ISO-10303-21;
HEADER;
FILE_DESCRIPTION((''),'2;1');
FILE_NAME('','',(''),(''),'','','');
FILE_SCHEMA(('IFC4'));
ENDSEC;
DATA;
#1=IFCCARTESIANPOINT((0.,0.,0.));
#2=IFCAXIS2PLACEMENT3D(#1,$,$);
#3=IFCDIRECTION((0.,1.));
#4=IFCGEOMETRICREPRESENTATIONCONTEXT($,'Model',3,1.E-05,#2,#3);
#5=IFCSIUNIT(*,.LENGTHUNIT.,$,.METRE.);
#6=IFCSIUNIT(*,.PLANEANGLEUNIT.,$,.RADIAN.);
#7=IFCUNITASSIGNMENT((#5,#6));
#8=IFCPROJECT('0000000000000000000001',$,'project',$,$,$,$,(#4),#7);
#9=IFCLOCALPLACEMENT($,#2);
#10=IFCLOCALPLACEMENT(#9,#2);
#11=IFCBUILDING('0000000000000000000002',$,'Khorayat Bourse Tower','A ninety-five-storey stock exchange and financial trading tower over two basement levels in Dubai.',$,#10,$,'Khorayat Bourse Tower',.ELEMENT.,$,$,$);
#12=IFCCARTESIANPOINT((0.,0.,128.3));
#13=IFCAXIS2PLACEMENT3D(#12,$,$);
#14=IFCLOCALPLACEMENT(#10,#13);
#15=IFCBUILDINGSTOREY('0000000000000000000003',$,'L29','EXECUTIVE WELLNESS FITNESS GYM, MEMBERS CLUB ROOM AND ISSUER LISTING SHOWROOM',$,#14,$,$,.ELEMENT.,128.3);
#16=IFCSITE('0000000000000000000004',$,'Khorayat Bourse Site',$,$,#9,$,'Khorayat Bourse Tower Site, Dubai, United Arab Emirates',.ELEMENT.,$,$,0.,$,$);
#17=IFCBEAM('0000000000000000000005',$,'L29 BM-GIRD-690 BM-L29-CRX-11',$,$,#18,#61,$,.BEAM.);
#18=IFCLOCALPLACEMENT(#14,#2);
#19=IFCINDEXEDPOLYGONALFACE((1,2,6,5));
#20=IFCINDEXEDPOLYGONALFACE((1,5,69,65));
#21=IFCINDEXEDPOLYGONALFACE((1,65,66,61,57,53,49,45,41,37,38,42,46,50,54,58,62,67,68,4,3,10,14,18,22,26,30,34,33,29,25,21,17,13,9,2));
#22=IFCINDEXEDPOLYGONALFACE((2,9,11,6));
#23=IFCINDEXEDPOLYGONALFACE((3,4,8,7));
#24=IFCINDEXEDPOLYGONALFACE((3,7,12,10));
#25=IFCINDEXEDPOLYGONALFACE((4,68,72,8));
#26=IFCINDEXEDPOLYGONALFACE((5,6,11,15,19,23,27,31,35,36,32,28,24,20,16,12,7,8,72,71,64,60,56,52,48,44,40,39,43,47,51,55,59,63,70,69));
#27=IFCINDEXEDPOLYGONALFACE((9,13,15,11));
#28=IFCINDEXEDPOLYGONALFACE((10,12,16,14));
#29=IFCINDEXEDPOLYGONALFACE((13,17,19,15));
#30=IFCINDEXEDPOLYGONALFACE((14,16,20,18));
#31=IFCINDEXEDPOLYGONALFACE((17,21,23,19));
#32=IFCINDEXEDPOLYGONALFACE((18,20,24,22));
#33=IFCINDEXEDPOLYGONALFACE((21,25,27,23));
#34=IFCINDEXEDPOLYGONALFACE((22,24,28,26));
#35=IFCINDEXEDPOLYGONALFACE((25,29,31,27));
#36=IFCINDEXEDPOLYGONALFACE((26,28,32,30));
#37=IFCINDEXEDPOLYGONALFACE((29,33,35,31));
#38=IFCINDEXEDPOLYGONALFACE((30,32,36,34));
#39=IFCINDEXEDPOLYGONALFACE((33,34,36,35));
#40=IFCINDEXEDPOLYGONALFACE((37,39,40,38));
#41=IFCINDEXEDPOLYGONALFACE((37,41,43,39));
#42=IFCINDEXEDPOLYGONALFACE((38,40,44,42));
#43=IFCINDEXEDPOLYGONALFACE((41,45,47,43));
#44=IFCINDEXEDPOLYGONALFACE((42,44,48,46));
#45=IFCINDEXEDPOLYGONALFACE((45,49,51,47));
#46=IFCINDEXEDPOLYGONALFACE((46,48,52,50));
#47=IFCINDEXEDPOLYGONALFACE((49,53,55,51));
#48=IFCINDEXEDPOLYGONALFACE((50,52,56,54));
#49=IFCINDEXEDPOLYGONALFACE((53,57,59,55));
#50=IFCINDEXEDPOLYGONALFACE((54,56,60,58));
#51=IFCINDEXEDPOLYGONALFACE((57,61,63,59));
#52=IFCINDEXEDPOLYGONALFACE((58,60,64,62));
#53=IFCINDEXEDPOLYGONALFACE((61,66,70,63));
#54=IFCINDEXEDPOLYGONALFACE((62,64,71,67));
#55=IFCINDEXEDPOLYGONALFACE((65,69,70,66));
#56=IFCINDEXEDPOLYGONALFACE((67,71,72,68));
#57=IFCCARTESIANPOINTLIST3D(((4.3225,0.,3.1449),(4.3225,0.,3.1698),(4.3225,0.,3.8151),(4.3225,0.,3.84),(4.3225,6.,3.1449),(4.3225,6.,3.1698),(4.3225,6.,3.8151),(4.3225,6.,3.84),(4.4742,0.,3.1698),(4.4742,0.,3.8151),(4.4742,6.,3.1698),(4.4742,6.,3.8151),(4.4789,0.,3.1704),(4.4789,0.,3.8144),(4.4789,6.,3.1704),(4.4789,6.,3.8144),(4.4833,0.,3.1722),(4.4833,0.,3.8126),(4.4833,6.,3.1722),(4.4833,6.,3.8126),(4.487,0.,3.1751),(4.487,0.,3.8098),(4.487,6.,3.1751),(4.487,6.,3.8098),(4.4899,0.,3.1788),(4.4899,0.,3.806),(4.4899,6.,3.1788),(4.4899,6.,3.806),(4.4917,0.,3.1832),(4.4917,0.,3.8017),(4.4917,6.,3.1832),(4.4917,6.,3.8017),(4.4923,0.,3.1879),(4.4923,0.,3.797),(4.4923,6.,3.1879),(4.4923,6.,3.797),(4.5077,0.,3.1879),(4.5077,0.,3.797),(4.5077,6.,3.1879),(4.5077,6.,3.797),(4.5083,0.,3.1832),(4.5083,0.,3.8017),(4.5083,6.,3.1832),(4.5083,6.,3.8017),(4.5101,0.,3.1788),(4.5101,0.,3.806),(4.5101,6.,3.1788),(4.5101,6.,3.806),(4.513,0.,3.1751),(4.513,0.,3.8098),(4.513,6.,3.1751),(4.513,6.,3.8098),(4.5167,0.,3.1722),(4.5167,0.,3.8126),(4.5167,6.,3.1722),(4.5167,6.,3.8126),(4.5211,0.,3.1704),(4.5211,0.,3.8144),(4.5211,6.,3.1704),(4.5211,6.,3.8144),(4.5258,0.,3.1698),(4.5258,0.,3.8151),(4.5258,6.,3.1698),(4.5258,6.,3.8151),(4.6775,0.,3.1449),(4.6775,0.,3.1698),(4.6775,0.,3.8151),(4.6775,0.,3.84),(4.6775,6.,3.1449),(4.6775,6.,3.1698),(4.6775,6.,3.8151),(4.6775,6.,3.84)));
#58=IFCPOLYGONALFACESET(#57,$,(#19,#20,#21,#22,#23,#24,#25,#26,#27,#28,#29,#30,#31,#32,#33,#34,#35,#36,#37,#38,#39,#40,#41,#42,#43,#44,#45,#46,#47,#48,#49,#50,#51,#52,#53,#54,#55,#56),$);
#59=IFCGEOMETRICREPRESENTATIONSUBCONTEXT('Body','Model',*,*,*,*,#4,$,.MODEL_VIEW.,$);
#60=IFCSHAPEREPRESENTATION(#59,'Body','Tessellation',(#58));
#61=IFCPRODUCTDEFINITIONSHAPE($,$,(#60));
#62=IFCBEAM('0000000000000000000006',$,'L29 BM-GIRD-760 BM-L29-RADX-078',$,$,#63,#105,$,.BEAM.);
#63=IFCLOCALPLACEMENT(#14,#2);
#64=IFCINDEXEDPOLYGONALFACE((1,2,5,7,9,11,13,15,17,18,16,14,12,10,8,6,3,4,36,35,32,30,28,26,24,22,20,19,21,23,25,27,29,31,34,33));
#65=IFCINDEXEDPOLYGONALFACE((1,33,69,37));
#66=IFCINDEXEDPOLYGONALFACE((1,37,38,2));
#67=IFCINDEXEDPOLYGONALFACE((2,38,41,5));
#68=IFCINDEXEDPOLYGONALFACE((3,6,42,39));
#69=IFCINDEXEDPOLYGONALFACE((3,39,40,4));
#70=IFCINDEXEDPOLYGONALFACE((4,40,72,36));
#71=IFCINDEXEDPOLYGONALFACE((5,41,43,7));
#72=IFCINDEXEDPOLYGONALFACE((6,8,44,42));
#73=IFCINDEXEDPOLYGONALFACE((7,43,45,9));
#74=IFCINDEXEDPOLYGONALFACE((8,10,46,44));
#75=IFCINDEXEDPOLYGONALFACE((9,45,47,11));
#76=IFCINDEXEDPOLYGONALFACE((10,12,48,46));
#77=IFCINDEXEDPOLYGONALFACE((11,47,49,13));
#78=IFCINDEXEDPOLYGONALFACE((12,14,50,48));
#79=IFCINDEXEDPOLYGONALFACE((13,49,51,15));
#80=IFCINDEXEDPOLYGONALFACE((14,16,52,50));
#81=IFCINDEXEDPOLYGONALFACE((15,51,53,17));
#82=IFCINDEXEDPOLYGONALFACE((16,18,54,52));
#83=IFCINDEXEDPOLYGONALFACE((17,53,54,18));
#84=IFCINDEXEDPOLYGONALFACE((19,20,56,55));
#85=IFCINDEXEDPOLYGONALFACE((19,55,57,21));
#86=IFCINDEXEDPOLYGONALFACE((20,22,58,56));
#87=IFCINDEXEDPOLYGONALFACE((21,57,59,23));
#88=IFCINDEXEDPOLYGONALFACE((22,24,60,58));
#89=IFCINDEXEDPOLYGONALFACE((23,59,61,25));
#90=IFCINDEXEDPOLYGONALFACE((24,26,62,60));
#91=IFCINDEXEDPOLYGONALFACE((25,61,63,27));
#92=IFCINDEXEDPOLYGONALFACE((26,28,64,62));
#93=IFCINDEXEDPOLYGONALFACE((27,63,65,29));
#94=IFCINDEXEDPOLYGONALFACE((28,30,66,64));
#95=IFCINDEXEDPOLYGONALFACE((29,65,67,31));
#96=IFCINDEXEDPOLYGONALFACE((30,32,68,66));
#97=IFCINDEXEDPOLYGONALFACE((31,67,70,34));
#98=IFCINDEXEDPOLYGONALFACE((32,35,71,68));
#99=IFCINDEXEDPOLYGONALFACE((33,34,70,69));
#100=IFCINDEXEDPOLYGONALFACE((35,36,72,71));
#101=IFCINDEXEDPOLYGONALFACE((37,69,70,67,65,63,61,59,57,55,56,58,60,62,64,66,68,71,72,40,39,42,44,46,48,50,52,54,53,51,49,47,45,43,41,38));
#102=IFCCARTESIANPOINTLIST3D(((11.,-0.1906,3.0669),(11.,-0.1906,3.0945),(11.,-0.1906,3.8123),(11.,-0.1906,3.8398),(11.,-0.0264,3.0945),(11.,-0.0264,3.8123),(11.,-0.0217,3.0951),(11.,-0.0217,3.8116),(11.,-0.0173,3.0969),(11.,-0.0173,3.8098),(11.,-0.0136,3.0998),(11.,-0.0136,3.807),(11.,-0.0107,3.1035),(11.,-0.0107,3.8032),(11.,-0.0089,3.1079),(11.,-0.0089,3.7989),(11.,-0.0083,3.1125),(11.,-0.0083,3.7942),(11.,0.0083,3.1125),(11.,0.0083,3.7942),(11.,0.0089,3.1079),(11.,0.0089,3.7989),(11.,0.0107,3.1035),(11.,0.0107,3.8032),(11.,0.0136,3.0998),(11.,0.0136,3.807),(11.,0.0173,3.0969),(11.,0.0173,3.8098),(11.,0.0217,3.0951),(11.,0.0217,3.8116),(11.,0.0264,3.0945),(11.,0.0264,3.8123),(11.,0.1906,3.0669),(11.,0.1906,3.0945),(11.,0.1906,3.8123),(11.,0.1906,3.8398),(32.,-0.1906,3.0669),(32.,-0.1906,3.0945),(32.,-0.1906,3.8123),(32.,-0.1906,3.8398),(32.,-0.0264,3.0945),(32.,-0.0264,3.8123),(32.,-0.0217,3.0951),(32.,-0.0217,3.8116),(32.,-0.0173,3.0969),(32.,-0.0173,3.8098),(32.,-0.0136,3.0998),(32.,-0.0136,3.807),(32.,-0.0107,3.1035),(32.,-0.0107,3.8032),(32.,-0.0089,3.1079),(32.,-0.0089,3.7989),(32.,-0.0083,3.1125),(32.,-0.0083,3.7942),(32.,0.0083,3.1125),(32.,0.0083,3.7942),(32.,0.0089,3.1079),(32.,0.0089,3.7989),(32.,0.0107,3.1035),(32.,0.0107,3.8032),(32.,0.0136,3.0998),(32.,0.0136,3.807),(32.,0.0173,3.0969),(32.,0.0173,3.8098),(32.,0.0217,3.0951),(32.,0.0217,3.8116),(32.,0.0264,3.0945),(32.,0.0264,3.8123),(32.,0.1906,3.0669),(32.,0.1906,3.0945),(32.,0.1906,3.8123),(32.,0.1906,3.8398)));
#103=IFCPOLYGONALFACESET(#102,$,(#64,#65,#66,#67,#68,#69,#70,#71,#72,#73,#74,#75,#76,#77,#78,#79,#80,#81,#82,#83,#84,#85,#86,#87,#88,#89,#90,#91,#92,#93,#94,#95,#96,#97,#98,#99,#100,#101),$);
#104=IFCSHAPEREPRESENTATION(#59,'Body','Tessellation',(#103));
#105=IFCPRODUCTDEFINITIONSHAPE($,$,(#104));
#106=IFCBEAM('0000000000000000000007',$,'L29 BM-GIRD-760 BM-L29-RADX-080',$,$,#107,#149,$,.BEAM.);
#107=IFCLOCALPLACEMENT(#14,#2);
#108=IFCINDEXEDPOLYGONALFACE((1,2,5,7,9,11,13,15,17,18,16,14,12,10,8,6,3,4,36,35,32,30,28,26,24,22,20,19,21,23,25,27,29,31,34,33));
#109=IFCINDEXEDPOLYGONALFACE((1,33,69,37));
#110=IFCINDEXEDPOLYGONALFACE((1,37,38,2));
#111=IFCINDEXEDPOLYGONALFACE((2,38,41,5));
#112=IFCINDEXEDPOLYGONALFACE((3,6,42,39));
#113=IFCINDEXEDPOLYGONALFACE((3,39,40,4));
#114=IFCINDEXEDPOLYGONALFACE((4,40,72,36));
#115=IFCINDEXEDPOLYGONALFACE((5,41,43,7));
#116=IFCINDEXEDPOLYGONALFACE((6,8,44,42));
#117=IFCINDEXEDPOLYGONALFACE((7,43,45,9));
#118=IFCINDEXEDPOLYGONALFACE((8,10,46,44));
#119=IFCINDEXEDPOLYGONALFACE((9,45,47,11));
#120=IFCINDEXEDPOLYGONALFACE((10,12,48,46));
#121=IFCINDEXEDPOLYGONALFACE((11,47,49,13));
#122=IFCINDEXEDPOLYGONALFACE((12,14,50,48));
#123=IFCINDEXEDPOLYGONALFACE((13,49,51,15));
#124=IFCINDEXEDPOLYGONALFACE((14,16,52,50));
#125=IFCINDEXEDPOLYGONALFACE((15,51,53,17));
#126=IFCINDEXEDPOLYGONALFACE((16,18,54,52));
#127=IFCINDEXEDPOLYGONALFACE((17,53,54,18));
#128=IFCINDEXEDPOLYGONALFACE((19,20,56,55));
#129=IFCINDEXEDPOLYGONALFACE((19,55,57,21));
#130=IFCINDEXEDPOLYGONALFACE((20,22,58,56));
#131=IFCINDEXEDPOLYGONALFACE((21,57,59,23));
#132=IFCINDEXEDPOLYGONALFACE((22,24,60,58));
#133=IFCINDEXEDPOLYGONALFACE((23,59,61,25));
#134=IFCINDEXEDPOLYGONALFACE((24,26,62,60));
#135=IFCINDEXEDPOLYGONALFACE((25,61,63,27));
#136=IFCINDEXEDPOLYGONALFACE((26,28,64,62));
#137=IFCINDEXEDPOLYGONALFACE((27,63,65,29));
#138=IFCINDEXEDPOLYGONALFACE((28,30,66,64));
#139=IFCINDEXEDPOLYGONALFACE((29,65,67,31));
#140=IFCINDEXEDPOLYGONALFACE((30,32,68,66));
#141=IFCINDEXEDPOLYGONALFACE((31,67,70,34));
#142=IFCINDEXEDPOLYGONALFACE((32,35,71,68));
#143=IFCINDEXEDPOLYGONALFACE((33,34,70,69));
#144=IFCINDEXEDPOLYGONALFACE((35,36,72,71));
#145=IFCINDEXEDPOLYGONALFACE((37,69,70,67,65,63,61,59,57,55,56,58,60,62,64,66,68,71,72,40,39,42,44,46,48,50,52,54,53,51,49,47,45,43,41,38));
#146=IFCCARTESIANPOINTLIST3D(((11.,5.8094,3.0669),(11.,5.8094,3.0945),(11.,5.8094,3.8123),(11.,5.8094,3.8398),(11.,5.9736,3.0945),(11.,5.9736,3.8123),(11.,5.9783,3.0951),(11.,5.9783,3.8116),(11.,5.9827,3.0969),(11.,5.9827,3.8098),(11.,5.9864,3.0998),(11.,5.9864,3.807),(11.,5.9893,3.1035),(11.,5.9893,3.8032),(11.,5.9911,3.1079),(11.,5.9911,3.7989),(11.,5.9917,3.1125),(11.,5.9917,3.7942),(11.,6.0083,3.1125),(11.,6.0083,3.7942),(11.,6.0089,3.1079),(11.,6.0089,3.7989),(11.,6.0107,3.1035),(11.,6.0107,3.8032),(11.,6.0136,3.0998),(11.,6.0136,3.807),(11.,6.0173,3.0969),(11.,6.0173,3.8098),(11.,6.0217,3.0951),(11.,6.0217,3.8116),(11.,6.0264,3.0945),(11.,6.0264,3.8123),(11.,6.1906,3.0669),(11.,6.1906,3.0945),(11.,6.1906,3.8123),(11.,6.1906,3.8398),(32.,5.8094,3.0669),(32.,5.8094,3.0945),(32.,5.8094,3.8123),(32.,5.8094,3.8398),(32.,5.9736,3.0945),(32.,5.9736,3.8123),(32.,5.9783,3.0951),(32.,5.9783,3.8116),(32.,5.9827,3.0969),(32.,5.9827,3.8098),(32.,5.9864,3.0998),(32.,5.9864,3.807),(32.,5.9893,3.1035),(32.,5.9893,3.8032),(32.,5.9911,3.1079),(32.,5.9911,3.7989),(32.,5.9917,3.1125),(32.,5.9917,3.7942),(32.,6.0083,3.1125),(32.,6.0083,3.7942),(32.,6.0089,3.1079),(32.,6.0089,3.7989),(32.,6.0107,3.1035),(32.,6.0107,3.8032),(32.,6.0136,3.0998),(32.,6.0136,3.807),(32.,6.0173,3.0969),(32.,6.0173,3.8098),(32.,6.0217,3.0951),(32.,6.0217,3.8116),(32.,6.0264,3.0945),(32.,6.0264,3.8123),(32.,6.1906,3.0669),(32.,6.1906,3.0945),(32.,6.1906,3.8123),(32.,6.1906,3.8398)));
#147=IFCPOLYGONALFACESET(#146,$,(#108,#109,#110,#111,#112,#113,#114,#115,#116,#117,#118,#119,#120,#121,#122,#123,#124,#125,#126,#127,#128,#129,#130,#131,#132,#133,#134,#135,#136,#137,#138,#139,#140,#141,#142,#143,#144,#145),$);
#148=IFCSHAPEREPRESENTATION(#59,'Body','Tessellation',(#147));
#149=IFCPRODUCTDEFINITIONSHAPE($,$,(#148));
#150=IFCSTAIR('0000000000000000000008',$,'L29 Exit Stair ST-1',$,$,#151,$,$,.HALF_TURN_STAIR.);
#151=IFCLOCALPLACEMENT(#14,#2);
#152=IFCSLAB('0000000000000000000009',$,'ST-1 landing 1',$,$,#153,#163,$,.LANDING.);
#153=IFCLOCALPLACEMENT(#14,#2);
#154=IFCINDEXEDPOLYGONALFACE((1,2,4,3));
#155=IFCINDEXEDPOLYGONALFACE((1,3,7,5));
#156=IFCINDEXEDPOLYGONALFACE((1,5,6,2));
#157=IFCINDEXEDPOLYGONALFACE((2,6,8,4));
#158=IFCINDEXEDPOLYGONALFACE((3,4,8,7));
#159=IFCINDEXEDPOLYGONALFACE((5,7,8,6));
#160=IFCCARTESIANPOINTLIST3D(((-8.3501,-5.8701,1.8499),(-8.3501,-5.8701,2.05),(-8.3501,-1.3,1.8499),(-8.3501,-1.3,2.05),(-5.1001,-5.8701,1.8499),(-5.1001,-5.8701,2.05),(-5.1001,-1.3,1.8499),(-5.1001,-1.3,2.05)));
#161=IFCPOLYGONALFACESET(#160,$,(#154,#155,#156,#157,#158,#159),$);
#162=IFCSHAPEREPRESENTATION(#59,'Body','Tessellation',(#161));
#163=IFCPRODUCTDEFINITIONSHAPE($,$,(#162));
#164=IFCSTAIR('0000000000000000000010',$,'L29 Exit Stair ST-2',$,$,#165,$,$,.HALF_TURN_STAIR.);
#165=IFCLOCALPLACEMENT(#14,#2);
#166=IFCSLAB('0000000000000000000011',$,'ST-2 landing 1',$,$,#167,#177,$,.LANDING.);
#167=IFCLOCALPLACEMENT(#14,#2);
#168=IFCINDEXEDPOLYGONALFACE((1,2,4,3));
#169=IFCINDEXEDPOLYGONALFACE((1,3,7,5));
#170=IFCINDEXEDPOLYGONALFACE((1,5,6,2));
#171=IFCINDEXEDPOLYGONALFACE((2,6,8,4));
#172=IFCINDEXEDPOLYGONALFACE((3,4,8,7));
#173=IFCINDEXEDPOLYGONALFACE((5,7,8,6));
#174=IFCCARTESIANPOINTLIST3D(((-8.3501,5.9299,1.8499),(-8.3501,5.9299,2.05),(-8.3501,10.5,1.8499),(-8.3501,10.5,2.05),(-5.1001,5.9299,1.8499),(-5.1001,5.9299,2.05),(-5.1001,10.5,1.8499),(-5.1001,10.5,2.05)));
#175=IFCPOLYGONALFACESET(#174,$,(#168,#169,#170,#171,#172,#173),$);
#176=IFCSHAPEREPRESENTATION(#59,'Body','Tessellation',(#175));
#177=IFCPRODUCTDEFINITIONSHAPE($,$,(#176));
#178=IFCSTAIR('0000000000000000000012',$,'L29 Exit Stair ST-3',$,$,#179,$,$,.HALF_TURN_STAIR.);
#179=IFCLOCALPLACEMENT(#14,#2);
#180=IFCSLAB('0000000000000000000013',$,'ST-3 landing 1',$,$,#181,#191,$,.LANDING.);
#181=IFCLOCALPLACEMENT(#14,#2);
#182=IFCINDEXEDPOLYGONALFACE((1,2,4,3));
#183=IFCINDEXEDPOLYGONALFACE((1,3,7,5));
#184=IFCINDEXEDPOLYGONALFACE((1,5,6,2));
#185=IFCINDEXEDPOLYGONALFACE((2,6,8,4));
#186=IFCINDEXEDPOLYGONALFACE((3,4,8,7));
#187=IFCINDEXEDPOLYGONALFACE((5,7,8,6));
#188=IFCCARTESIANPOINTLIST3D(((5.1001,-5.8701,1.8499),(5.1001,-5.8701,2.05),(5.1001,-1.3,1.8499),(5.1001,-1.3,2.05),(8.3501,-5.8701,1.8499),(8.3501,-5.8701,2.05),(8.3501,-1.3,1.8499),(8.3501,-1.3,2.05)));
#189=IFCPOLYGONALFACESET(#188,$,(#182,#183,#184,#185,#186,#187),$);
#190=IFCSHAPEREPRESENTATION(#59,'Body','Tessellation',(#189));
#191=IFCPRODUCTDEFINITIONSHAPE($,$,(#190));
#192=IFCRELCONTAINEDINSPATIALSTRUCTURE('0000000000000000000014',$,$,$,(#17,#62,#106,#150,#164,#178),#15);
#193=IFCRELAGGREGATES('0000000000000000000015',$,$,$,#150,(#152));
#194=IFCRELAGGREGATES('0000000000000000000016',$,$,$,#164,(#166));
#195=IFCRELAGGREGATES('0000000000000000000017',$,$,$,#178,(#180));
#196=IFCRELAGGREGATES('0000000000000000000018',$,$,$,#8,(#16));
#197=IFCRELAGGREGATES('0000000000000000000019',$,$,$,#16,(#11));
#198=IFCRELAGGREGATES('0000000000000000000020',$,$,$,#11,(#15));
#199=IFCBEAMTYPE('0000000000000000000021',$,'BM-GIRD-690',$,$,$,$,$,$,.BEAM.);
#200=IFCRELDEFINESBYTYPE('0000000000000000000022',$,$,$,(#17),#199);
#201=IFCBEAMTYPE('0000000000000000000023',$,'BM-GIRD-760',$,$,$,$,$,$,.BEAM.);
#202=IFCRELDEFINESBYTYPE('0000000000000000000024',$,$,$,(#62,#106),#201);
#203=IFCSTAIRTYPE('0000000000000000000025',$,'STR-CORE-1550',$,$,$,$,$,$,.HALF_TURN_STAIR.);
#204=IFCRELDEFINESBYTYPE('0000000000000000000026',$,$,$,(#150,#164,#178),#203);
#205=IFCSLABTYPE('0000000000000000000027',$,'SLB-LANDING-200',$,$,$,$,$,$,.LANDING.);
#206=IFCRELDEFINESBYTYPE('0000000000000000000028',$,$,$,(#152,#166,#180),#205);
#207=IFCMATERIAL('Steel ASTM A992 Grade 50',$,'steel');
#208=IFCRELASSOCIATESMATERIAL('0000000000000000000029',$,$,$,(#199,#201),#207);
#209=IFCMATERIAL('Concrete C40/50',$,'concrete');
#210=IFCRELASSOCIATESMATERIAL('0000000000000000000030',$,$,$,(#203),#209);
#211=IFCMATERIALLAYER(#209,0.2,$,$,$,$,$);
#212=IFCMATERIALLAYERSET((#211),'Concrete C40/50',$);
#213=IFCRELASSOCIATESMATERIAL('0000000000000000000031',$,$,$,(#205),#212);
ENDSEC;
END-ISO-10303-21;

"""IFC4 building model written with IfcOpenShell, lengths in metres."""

from ifc_helpers import new_model, si_unit, direction, frame, origin, origin_2d, place, context, subcontext, project, spatial, polyline, i_section, outline, extrude, source, transform, mapped, material, layer, layer_set, material_profile, profile_set, type_object, element, aggregate, save


model = new_model("IFC4")

# Units and contexts
model_context = context("Model", 3, precision=1e-05, world=origin(), true_north=direction((0.0, 1.0)))
body_context = subcontext(model_context, "Body", "Model", "MODEL_VIEW")
ifc_project = project(units=[si_unit("LENGTHUNIT", "METRE"), si_unit("PLANEANGLEUNIT", "RADIAN")], contexts=[model_context])

# Site, building, storey
site_placement = place(None, origin())
site = spatial("IfcSite", under=ifc_project, at=site_placement, Name="Khorayat Bourse Site", LongName="Khorayat Bourse Tower Site, Dubai, United Arab Emirates", CompositionType="ELEMENT", RefElevation=0.0)
building_placement = place(site_placement, origin())
building = spatial("IfcBuilding", under=site, at=building_placement, Name="Khorayat Bourse Tower", Description="A ninety-five-storey stock exchange and financial trading tower over two basement levels in Dubai.", LongName="Khorayat Bourse Tower", CompositionType="ELEMENT")
storey_placement = place(building_placement, frame((0.0, 0.0, 128.3)))
storey = spatial("IfcBuildingStorey", under=building, at=storey_placement, Name="L29", Description="EXECUTIVE WELLNESS FITNESS GYM, MEMBERS CLUB ROOM AND ISSUER LISTING SHOWROOM", CompositionType="ELEMENT", Elevation=128.3)

# Beams
ifc_material_1 = material(Name="Steel ASTM A992 Grade 50", Category="steel")
ifc_material_profile_1 = material_profile(ifc_material_1, i_section(OverallWidth=0.355, OverallDepth=0.6951, WebThickness=0.0154, FlangeThickness=0.0249, FilletRadius=0.0181, at=origin_2d()), Name="W690X217")
ifc_profile_set_1 = profile_set([ifc_material_profile_1], Name="Steel ASTM A992 Grade 50")
beam_type_1 = type_object("IfcBeamType", Name="BM-GIRD-690", PredefinedType="BEAM", material=ifc_profile_set_1)
shared_shape_1 = source(origin(), body_context, "Body", "SweptSolid", [
    extrude(i_section(OverallWidth=0.355, OverallDepth=0.6951, WebThickness=0.0154, FlangeThickness=0.0249, FilletRadius=0.0181, at=origin_2d()), origin(), (0.0, 0.0, 1.0), 6.0),
])
beam_1_placement = place(storey_placement, frame((4.5, 0.0, 3.4924), z_axis=(0.0, 1.0, 0.0), x_axis=(-1.0, 0.0, 0.0)))
element("IfcBeam", 1, at=beam_1_placement, inside=storey, type_object=beam_type_1, Name="L29 BM-GIRD-690 BM-L29-CRX-11", PredefinedType="BEAM", context=body_context, shape_type="MappedRepresentation", body=[
    mapped(shared_shape_1, transform((0.0, 0.0, 0.0), scale=1.0)),
])
ifc_material_profile_2 = material_profile(ifc_material_1, i_section(OverallWidth=0.3811, OverallDepth=0.7729, WebThickness=0.0166, FlangeThickness=0.0276, FilletRadius=0.0181, at=origin_2d()), Name="W760X257")
ifc_profile_set_2 = profile_set([ifc_material_profile_2], Name="Steel ASTM A992 Grade 50")
beam_type_2 = type_object("IfcBeamType", Name="BM-GIRD-760", PredefinedType="BEAM", material=ifc_profile_set_2)
shared_shape_2 = source(origin(), body_context, "Body", "SweptSolid", [
    extrude(i_section(OverallWidth=0.3811, OverallDepth=0.7729, WebThickness=0.0166, FlangeThickness=0.0276, FilletRadius=0.0181, at=origin_2d()), origin(), (0.0, 0.0, 1.0), 21.0),
])
for number, where, z_axis, x_axis, name in (
    (2, (11.0, 0.0, 3.4534), (1.0, 0.0, 0.0), (0.0, 1.0, 0.0), "L29 BM-GIRD-760 BM-L29-RADX-078"),
    (3, (11.0, 6.0, 3.4534), (1.0, 0.0, 0.0), (0.0, 1.0, 0.0), "L29 BM-GIRD-760 BM-L29-RADX-080"),
):
    element("IfcBeam", number, at=place(storey_placement, frame(where, z_axis=z_axis, x_axis=x_axis)), inside=storey, type_object=beam_type_2, Name=name, PredefinedType="BEAM", context=body_context, shape_type="MappedRepresentation", body=[
        mapped(shared_shape_2, transform((0.0, 0.0, 0.0), scale=1.0)),
    ])

# Stairs, slabs
ifc_material_2 = material(Name="Concrete C40/50", Category="concrete")
stair_type = type_object("IfcStairType", Name="STR-CORE-1550", PredefinedType="HALF_TURN_STAIR", material=ifc_material_2)
stair_1_placement = place(storey_placement, origin())
stair_1 = element("IfcStair", 4, at=stair_1_placement, inside=storey, type_object=stair_type, Name="L29 Exit Stair ST-1", PredefinedType="HALF_TURN_STAIR")
ifc_layer_1 = layer(ifc_material_2, 0.2)
ifc_layer_set_1 = layer_set([ifc_layer_1], Name="Concrete C40/50")
slab_type_1 = type_object("IfcSlabType", Name="SLB-LANDING-200", PredefinedType="LANDING", material=ifc_layer_set_1)
slab_1_placement = place(storey_placement, frame((0.0, 0.0, 1.8499)))
slab_1 = element("IfcSlab", 5, at=slab_1_placement, type_object=slab_type_1, Name="ST-1 landing 1", PredefinedType="LANDING", context=body_context, shape_type="SweptSolid", body=[
    extrude(outline(polyline([(-5.1001, -5.8701), (-5.1001, -1.3), (-8.3501, -1.3), (-8.3501, -5.8701), (-5.1001, -5.8701)])), origin(), (0.0, 0.0, 1.0), 0.2002),
])
aggregate(stair_1, [slab_1])
stair_2_placement = place(storey_placement, origin())
stair_2 = element("IfcStair", 6, at=stair_2_placement, inside=storey, type_object=stair_type, Name="L29 Exit Stair ST-2", PredefinedType="HALF_TURN_STAIR")
slab_2_placement = place(storey_placement, frame((0.0, 0.0, 1.8499)))
slab_2 = element("IfcSlab", 7, at=slab_2_placement, type_object=slab_type_1, Name="ST-2 landing 1", PredefinedType="LANDING", context=body_context, shape_type="SweptSolid", body=[
    extrude(outline(polyline([(-5.1001, 5.9299), (-5.1001, 10.5), (-8.3501, 10.5), (-8.3501, 5.9299), (-5.1001, 5.9299)])), origin(), (0.0, 0.0, 1.0), 0.2002),
])
aggregate(stair_2, [slab_2])
stair_3_placement = place(storey_placement, origin())
stair_3 = element("IfcStair", 8, at=stair_3_placement, inside=storey, type_object=stair_type, Name="L29 Exit Stair ST-3", PredefinedType="HALF_TURN_STAIR")
slab_3_placement = place(storey_placement, frame((0.0, 0.0, 1.8499)))
slab_3 = element("IfcSlab", 9, at=slab_3_placement, type_object=slab_type_1, Name="ST-3 landing 1", PredefinedType="LANDING", context=body_context, shape_type="SweptSolid", body=[
    extrude(outline(polyline([(8.3501, -5.8701), (8.3501, -1.3), (5.1001, -1.3), (5.1001, -5.8701), (8.3501, -5.8701)])), origin(), (0.0, 0.0, 1.0), 0.2002),
])
aggregate(stair_3, [slab_3])

save(model, "model.ifc")
